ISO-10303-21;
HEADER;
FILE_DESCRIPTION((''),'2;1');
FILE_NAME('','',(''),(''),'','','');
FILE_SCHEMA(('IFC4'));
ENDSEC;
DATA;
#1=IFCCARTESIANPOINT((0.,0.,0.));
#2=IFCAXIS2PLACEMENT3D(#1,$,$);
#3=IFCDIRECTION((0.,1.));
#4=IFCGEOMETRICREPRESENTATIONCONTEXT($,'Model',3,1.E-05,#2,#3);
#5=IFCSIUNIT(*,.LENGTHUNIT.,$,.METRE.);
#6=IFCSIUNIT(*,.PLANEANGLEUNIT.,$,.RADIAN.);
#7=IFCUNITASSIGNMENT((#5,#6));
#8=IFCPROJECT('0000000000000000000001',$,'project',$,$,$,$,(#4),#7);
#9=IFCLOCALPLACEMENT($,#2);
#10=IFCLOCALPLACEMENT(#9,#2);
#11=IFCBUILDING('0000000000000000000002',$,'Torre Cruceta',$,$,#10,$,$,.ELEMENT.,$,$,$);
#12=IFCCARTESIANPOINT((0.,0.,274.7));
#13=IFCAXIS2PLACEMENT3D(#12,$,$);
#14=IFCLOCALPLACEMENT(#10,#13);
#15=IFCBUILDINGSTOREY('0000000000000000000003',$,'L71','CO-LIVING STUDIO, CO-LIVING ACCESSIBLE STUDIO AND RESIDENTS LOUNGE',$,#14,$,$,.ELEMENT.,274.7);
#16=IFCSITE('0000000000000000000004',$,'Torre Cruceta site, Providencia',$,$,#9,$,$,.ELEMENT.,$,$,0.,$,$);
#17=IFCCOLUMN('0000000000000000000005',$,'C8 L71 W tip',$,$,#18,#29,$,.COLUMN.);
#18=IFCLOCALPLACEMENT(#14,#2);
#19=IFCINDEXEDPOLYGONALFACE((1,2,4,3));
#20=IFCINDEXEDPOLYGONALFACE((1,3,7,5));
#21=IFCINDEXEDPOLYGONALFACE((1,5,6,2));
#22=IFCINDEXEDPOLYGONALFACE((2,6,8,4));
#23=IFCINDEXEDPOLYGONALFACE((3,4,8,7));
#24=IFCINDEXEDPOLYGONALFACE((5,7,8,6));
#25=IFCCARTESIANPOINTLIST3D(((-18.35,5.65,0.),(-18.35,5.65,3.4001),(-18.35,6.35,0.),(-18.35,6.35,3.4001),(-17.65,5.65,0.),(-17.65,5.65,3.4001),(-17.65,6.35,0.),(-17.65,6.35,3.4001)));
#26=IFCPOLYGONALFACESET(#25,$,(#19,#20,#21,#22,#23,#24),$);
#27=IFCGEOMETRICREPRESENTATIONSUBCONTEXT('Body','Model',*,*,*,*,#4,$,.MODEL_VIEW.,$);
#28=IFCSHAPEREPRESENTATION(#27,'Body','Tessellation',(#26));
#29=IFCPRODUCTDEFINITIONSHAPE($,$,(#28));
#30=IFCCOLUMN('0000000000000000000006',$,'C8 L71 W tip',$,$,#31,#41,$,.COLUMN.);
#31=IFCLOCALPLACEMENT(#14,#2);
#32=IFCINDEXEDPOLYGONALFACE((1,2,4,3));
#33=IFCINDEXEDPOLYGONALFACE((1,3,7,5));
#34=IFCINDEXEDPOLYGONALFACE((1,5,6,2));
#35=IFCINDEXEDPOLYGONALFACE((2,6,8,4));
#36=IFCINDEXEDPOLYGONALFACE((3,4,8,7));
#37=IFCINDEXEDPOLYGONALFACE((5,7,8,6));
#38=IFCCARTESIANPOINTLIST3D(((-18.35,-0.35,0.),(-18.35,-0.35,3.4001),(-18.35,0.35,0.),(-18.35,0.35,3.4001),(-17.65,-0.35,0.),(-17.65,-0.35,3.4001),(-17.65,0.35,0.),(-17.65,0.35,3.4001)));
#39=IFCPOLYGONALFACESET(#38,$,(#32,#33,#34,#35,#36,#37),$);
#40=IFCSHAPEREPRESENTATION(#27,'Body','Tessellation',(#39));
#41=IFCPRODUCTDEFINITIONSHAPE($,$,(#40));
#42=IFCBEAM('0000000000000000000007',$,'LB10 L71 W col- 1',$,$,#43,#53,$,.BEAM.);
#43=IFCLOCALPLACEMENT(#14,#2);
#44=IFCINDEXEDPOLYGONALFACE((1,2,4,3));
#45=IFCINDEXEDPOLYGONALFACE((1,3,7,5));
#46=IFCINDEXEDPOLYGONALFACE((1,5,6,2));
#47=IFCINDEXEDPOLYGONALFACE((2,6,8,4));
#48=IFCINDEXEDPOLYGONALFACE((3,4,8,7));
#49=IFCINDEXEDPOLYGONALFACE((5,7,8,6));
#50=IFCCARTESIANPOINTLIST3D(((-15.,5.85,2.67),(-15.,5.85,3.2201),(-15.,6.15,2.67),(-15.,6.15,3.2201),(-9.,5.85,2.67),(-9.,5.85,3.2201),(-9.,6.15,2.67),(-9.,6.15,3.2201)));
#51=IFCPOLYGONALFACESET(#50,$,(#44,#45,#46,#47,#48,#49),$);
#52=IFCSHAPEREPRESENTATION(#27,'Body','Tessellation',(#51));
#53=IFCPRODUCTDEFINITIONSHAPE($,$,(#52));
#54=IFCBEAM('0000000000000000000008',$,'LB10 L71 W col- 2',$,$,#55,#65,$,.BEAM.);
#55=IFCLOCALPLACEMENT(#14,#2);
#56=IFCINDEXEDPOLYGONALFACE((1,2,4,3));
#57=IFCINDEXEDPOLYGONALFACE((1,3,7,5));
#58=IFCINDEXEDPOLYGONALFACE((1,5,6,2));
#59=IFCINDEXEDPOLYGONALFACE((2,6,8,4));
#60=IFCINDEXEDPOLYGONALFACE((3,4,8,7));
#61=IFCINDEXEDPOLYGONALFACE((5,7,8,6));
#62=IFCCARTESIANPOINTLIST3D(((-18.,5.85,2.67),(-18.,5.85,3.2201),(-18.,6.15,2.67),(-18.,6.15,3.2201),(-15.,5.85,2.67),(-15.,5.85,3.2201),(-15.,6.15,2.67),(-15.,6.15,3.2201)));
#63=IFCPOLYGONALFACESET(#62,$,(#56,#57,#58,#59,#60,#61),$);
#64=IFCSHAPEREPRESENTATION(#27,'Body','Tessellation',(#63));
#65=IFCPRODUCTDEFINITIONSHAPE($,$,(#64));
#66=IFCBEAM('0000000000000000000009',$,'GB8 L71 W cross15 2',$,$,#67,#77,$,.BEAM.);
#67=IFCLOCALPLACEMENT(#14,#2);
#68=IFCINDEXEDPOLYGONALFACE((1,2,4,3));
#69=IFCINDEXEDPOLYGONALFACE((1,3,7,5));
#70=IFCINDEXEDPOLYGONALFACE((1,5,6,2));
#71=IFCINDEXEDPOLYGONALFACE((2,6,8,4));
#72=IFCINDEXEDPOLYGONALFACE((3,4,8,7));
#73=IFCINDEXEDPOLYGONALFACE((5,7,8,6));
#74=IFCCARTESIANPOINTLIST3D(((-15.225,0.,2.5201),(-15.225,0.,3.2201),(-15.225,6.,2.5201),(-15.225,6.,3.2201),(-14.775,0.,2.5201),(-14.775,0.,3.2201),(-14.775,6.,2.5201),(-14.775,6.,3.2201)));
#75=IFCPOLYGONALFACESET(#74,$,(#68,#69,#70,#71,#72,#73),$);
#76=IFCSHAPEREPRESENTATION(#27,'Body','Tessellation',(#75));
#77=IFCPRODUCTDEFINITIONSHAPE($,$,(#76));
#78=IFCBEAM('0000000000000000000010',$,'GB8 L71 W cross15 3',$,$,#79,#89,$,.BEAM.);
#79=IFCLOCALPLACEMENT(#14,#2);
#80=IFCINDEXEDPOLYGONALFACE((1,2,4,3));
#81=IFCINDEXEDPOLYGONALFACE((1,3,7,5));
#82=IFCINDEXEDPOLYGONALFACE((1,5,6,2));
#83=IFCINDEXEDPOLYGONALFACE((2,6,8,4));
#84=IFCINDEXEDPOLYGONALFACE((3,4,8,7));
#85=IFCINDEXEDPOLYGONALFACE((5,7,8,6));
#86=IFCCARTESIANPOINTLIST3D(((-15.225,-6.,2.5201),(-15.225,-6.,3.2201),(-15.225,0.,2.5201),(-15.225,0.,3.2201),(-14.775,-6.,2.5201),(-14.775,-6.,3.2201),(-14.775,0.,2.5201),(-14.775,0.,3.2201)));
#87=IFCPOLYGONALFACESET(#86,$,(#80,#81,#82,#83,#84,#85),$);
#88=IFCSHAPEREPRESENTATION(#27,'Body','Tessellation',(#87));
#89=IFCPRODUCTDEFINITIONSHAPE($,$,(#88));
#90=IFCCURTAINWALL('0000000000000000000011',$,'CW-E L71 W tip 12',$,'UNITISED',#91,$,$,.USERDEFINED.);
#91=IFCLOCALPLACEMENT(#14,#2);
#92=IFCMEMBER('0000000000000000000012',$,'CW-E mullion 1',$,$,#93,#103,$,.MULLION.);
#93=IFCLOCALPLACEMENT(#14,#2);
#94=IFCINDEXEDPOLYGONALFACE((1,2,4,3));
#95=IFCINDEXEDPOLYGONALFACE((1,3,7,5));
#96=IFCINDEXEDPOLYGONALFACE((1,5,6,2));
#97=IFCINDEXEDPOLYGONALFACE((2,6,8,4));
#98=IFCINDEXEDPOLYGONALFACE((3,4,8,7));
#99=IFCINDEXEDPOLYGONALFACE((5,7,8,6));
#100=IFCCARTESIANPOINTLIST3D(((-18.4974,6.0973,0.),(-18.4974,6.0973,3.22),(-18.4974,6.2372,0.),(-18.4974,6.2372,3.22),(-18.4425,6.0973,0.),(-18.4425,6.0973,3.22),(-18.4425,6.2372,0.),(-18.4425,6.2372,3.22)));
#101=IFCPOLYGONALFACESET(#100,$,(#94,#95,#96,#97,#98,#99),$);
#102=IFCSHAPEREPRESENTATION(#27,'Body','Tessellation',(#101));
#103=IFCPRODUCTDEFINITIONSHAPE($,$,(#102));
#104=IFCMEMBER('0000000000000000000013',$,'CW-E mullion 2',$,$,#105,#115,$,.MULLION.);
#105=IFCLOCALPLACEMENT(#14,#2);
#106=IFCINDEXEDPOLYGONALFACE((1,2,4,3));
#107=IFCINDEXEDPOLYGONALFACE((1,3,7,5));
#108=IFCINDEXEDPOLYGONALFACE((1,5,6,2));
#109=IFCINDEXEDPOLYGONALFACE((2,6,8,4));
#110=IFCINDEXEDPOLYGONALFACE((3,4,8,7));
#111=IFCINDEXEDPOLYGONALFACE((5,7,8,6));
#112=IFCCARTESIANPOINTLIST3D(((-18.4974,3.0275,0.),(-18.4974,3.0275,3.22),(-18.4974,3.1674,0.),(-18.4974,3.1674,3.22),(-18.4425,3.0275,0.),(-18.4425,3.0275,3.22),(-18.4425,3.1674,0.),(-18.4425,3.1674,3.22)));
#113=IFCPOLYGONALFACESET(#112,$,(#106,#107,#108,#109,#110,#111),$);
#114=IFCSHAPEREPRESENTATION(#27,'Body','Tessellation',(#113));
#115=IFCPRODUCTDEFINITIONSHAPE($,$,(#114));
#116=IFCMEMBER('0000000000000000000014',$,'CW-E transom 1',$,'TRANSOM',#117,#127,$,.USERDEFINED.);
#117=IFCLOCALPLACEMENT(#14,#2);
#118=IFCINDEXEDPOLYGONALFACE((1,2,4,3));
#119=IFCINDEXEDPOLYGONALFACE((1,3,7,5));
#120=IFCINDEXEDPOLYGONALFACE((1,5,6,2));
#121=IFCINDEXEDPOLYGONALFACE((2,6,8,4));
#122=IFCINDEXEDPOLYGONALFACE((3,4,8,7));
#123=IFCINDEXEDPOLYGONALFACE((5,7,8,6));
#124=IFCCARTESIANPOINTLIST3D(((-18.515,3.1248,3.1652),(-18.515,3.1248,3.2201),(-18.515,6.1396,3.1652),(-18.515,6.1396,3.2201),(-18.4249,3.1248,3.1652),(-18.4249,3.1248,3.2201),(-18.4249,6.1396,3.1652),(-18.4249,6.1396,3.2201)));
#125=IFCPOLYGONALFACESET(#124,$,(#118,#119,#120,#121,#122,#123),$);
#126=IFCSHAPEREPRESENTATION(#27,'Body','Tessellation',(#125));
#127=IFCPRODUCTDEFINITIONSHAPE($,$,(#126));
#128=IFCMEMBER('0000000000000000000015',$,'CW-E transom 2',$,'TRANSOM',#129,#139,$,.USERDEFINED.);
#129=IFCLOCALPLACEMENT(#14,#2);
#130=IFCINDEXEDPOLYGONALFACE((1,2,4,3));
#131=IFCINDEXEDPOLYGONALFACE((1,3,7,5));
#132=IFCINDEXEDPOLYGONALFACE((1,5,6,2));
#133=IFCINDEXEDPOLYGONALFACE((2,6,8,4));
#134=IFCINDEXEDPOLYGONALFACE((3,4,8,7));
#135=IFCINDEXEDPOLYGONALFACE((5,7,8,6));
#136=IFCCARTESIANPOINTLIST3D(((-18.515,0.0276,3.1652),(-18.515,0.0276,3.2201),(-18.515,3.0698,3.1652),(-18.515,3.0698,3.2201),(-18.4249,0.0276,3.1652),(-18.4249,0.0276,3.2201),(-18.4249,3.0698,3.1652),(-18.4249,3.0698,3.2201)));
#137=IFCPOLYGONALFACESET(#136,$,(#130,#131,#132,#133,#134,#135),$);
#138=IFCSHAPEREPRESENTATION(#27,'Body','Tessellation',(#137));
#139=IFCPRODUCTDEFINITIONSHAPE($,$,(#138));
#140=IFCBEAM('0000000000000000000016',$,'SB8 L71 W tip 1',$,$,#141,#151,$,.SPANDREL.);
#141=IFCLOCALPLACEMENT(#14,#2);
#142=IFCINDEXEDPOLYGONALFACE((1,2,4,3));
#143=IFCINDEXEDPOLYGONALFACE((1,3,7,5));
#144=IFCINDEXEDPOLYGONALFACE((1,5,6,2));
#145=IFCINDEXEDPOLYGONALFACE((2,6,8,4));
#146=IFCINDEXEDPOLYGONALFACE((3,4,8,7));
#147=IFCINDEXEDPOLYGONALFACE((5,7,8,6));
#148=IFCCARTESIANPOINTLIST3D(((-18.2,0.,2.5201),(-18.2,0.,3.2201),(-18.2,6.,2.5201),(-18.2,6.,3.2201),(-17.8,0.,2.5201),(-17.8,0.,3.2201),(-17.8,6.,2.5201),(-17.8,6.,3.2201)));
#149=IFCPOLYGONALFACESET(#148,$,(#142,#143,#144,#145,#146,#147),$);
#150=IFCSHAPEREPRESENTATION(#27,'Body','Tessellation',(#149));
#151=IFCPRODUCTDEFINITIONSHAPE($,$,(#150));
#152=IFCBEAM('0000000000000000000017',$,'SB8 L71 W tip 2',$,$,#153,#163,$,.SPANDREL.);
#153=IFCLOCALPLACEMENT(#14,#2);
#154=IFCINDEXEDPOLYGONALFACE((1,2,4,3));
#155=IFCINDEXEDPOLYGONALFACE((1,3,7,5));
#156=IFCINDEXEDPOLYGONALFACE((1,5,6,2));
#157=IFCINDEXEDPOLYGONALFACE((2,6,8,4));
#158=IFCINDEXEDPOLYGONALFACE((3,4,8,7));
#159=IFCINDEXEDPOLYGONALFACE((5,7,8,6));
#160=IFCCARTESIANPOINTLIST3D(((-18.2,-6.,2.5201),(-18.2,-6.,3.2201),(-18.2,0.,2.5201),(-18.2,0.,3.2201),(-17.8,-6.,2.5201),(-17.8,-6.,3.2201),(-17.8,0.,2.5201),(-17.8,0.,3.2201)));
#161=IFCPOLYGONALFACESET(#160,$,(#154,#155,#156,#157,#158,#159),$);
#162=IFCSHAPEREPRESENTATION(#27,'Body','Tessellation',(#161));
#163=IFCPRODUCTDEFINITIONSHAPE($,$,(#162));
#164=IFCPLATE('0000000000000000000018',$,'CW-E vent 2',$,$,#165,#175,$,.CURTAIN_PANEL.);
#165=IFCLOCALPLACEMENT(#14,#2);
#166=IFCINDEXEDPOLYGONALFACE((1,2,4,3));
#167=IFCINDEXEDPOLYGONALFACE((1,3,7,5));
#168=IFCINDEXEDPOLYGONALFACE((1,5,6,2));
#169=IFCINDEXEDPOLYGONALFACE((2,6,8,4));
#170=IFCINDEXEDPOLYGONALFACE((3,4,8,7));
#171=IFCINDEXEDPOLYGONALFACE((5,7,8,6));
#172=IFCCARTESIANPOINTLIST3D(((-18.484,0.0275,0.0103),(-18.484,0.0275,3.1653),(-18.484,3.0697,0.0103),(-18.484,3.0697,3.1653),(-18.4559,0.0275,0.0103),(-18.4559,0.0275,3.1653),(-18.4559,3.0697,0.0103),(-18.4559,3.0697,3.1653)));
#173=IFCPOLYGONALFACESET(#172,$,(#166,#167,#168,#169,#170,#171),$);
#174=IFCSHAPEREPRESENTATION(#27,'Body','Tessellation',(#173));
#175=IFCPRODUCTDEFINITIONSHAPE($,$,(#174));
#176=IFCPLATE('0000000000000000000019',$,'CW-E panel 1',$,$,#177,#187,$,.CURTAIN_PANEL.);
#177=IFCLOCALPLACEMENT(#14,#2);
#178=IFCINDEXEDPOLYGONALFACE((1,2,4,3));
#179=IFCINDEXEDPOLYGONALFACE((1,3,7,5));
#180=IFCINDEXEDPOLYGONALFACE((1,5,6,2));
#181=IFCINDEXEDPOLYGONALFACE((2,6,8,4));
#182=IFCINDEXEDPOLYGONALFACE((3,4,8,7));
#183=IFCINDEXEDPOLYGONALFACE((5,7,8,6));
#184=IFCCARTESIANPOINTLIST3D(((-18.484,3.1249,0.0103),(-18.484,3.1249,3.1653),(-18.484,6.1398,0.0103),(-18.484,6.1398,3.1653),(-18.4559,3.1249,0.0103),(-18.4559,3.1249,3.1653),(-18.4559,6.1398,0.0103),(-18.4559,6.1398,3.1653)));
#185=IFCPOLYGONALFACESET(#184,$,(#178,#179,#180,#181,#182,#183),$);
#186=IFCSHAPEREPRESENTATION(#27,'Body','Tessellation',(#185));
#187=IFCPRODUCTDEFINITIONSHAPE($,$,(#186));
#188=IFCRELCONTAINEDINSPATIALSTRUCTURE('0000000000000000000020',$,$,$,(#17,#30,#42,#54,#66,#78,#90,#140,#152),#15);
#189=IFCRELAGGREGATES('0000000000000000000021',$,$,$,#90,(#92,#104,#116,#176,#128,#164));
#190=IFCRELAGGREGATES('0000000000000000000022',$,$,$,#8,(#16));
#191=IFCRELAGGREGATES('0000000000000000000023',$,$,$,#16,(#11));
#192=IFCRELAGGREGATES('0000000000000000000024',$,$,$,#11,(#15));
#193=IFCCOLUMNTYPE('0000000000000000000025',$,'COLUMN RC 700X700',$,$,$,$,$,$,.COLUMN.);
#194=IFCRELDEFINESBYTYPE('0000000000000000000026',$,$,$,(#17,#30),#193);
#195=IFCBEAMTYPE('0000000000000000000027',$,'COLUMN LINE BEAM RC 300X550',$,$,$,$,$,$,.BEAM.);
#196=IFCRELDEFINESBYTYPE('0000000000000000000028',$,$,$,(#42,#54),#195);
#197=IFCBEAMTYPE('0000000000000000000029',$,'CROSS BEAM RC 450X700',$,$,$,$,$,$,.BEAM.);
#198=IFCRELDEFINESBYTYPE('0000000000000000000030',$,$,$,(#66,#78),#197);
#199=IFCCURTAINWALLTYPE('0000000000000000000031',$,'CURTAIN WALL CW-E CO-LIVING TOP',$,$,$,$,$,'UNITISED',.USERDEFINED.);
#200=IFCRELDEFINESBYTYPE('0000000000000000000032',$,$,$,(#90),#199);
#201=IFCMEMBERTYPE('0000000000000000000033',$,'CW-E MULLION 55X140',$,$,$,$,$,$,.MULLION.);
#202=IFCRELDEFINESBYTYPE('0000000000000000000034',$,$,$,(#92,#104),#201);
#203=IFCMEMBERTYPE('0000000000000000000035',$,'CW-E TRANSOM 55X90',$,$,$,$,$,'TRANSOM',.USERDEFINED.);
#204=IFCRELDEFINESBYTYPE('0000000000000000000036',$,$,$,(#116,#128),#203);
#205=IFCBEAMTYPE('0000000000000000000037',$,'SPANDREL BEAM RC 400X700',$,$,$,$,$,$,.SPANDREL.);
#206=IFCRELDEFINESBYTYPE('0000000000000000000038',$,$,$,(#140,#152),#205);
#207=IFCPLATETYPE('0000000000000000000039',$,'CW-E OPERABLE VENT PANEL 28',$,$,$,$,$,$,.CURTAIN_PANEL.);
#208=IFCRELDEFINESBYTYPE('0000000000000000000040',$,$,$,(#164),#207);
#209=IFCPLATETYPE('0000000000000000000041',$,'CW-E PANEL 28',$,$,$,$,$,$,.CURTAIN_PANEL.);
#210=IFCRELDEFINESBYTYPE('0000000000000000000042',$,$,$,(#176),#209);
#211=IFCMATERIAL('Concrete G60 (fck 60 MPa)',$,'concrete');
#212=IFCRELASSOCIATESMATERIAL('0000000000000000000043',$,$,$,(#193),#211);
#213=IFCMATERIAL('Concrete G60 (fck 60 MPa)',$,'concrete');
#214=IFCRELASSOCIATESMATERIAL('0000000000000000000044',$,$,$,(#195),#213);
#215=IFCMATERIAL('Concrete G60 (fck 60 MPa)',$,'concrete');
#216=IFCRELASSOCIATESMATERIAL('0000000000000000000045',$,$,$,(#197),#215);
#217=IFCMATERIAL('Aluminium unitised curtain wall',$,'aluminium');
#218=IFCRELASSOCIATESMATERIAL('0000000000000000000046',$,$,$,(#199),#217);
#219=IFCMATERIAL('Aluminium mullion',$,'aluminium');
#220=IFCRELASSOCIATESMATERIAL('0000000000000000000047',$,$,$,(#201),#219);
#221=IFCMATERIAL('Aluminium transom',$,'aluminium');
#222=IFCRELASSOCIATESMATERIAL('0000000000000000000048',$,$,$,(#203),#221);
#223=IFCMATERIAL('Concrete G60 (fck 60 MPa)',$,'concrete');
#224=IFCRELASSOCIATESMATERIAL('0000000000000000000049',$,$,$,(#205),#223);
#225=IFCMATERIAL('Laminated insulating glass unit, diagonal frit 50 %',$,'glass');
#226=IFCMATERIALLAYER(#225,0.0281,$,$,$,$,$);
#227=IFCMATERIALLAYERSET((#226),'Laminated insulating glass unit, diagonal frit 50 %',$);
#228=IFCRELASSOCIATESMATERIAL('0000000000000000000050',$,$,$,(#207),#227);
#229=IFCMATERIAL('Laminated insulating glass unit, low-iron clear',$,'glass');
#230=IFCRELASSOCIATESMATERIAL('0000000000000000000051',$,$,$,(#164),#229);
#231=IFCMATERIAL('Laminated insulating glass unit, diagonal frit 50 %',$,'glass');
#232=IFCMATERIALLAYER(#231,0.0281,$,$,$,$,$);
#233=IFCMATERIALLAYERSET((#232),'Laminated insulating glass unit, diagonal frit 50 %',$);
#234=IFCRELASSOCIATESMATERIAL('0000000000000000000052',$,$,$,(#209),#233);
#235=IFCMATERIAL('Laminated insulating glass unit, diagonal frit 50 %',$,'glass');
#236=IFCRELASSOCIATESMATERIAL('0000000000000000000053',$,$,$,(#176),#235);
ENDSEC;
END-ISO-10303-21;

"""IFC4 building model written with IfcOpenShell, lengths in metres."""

from ifc_helpers import new_model, si_unit, direction, frame, origin, origin_2d, place, context, subcontext, project, spatial, rectangle, extrude, material, layer, layer_set, material_profile, profile_set, type_object, element, aggregate, save


model = new_model("IFC4")

# Units and contexts
model_context = context("Model", 3, precision=1e-05, world=origin(), true_north=direction((0.0, 1.0)))
body_context = subcontext(model_context, "Body", "Model", "MODEL_VIEW")
ifc_project = project(units=[si_unit("LENGTHUNIT", "METRE"), si_unit("PLANEANGLEUNIT", "RADIAN")], contexts=[model_context])

# Site, building, storey
site_placement = place(None, origin())
site = spatial("IfcSite", under=ifc_project, at=site_placement, Name="Torre Cruceta site, Providencia", CompositionType="ELEMENT", RefElevation=0.0)
building_placement = place(site_placement, origin())
building = spatial("IfcBuilding", under=site, at=building_placement, Name="Torre Cruceta", CompositionType="ELEMENT")
storey_placement = place(building_placement, frame((0.0, 0.0, 274.7)))
storey = spatial("IfcBuildingStorey", under=building, at=storey_placement, Name="L71", Description="CO-LIVING STUDIO, CO-LIVING ACCESSIBLE STUDIO AND RESIDENTS LOUNGE", CompositionType="ELEMENT", Elevation=274.7)

# Columns
ifc_material_1 = material(Name="Concrete G60 (fck 60 MPa)", Category="concrete")
ifc_material_profile_1 = material_profile(ifc_material_1, rectangle(XDim=0.7, YDim=0.7, at=origin_2d()), Name="RC 700X700")
ifc_profile_set_1 = profile_set([ifc_material_profile_1], Name="Concrete G60 (fck 60 MPa)")
column_type = type_object("IfcColumnType", Name="COLUMN RC 700X700", PredefinedType="COLUMN", material=ifc_profile_set_1)
for number, where, z_axis, x_axis, name in (
    (1, (-18.0, 6.0, 0.0), (0.0, 0.0, 1.0), (1.0, 0.0, 0.0), "C8 L71 W tip"),
    (2, (-18.0, 0.0, 0.0), (0.0, 0.0, 1.0), (1.0, 0.0, 0.0), "C8 L71 W tip"),
):
    element("IfcColumn", number, at=place(storey_placement, frame(where, z_axis=z_axis, x_axis=x_axis)), inside=storey, type_object=column_type, Name=name, PredefinedType="COLUMN", context=body_context, shape_type="SweptSolid", body=[
        extrude(rectangle(XDim=0.7, YDim=0.7, at=origin_2d()), origin(), (0.0, 0.0, 1.0), 3.4001),
    ])

# Beams
ifc_material_2 = material(Name="Concrete G60 (fck 60 MPa)", Category="concrete")
ifc_material_profile_2 = material_profile(ifc_material_2, rectangle(XDim=0.3, YDim=0.55, at=origin_2d()), Name="RC 300X550")
ifc_profile_set_2 = profile_set([ifc_material_profile_2], Name="Concrete G60 (fck 60 MPa)")
beam_type_1 = type_object("IfcBeamType", Name="COLUMN LINE BEAM RC 300X550", PredefinedType="BEAM", material=ifc_profile_set_2)
beam_1_placement = place(storey_placement, frame((-9.0, 6.0, 2.9451), z_axis=(-1.0, 0.0, 0.0), x_axis=(0.0, -1.0, 0.0)))
element("IfcBeam", 3, at=beam_1_placement, inside=storey, type_object=beam_type_1, Name="LB10 L71 W col- 1", PredefinedType="BEAM", context=body_context, shape_type="SweptSolid", body=[
    extrude(rectangle(XDim=0.3, YDim=0.55, at=origin_2d()), origin(), (0.0, 0.0, 1.0), 6.0),
])
beam_2_placement = place(storey_placement, frame((-15.0, 6.0, 2.9451), z_axis=(-1.0, 0.0, 0.0), x_axis=(0.0, -1.0, 0.0)))
element("IfcBeam", 4, at=beam_2_placement, inside=storey, type_object=beam_type_1, Name="LB10 L71 W col- 2", PredefinedType="BEAM", context=body_context, shape_type="SweptSolid", body=[
    extrude(rectangle(XDim=0.3, YDim=0.55, at=origin_2d()), origin(), (0.0, 0.0, 1.0), 3.0),
])
ifc_material_3 = material(Name="Concrete G60 (fck 60 MPa)", Category="concrete")
ifc_material_profile_3 = material_profile(ifc_material_3, rectangle(XDim=0.45, YDim=0.7, at=origin_2d()), Name="RC 450X700")
ifc_profile_set_3 = profile_set([ifc_material_profile_3], Name="Concrete G60 (fck 60 MPa)")
beam_type_2 = type_object("IfcBeamType", Name="CROSS BEAM RC 450X700", PredefinedType="BEAM", material=ifc_profile_set_3)
for number, where, z_axis, x_axis, name in (
    (5, (-15.0, 6.0, 2.8701), (0.0, -1.0, 0.0), (1.0, 0.0, 0.0), "GB8 L71 W cross15 2"),
    (6, (-15.0, 0.0, 2.8701), (0.0, -1.0, 0.0), (1.0, 0.0, 0.0), "GB8 L71 W cross15 3"),
):
    element("IfcBeam", number, at=place(storey_placement, frame(where, z_axis=z_axis, x_axis=x_axis)), inside=storey, type_object=beam_type_2, Name=name, PredefinedType="BEAM", context=body_context, shape_type="SweptSolid", body=[
        extrude(rectangle(XDim=0.45, YDim=0.7, at=origin_2d()), origin(), (0.0, 0.0, 1.0), 6.0),
    ])

# Curtain wall, members
ifc_material_4 = material(Name="Aluminium unitised curtain wall", Category="aluminium")
curtain_wall_type = type_object("IfcCurtainWallType", Name="CURTAIN WALL CW-E CO-LIVING TOP", ElementType="UNITISED", PredefinedType="USERDEFINED", material=ifc_material_4)
curtain_wall_placement = place(storey_placement, origin())
curtain_wall = element("IfcCurtainWall", 7, at=curtain_wall_placement, inside=storey, type_object=curtain_wall_type, Name="CW-E L71 W tip 12", ObjectType="UNITISED", PredefinedType="USERDEFINED")
ifc_material_5 = material(Name="Aluminium mullion", Category="aluminium")
ifc_material_profile_4 = material_profile(ifc_material_5, rectangle(XDim=0.0549, YDim=0.1399, at=origin_2d()), Name="AL 55X140")
ifc_profile_set_4 = profile_set([ifc_material_profile_4], Name="Aluminium mullion")
member_type_1 = type_object("IfcMemberType", Name="CW-E MULLION 55X140", PredefinedType="MULLION", material=ifc_profile_set_4)
member_1_placement = place(storey_placement, frame((-18.47, 6.1672, 0.0), z_axis=(0.0, 0.0, 1.0), x_axis=(1.0, 0.0, 0.0)))
member_1 = element("IfcMember", 8, at=member_1_placement, type_object=member_type_1, Name="CW-E mullion 1", PredefinedType="MULLION", context=body_context, shape_type="SweptSolid", body=[
    extrude(rectangle(XDim=0.0549, YDim=0.1399, at=origin_2d()), origin(), (0.0, 0.0, 1.0), 3.22),
])
member_2_placement = place(storey_placement, frame((-18.47, 3.0974, 0.0), z_axis=(0.0, 0.0, 1.0), x_axis=(1.0, 0.0, 0.0)))
member_2 = element("IfcMember", 9, at=member_2_placement, type_object=member_type_1, Name="CW-E mullion 2", PredefinedType="MULLION", context=body_context, shape_type="SweptSolid", body=[
    extrude(rectangle(XDim=0.0549, YDim=0.1399, at=origin_2d()), origin(), (0.0, 0.0, 1.0), 3.22),
])
ifc_material_6 = material(Name="Aluminium transom", Category="aluminium")
ifc_material_profile_5 = material_profile(ifc_material_6, rectangle(XDim=0.0901, YDim=0.0549, at=origin_2d()), Name="AL 90X55")
ifc_profile_set_5 = profile_set([ifc_material_profile_5], Name="Aluminium transom")
member_type_2 = type_object("IfcMemberType", Name="CW-E TRANSOM 55X90", ElementType="TRANSOM", PredefinedType="USERDEFINED", material=ifc_profile_set_5)
member_3_placement = place(storey_placement, frame((-18.47, 6.1396, 3.1926), z_axis=(0.0, -1.0, 0.0), x_axis=(1.0, 0.0, 0.0)))
member_3 = element("IfcMember", 10, at=member_3_placement, type_object=member_type_2, Name="CW-E transom 1", ObjectType="TRANSOM", PredefinedType="USERDEFINED", context=body_context, shape_type="SweptSolid", body=[
    extrude(rectangle(XDim=0.0901, YDim=0.0549, at=origin_2d()), origin(), (0.0, 0.0, 1.0), 3.0149),
])
member_4_placement = place(storey_placement, frame((-18.47, 3.0698, 3.1926), z_axis=(0.0, -1.0, 0.0), x_axis=(1.0, 0.0, 0.0)))
member_4 = element("IfcMember", 11, at=member_4_placement, type_object=member_type_2, Name="CW-E transom 2", ObjectType="TRANSOM", PredefinedType="USERDEFINED", context=body_context, shape_type="SweptSolid", body=[
    extrude(rectangle(XDim=0.0901, YDim=0.0549, at=origin_2d()), origin(), (0.0, 0.0, 1.0), 3.0422),
])

# Beams
ifc_material_7 = material(Name="Concrete G60 (fck 60 MPa)", Category="concrete")
ifc_material_profile_6 = material_profile(ifc_material_7, rectangle(XDim=0.3999, YDim=0.7, at=origin_2d()), Name="RC 400X700")
ifc_profile_set_6 = profile_set([ifc_material_profile_6], Name="Concrete G60 (fck 60 MPa)")
beam_type_3 = type_object("IfcBeamType", Name="SPANDREL BEAM RC 400X700", PredefinedType="SPANDREL", material=ifc_profile_set_6)
for number, where, z_axis, x_axis, name in (
    (12, (-18.0, 6.0, 2.8701), (0.0, -1.0, 0.0), (1.0, 0.0, 0.0), "SB8 L71 W tip 1"),
    (13, (-18.0, 0.0, 2.8701), (0.0, -1.0, 0.0), (1.0, 0.0, 0.0), "SB8 L71 W tip 2"),
):
    element("IfcBeam", number, at=place(storey_placement, frame(where, z_axis=z_axis, x_axis=x_axis)), inside=storey, type_object=beam_type_3, Name=name, PredefinedType="SPANDREL", context=body_context, shape_type="SweptSolid", body=[
        extrude(rectangle(XDim=0.3999, YDim=0.7, at=origin_2d()), origin(), (0.0, 0.0, 1.0), 6.0),
    ])

# Plates
ifc_material_8 = material(Name="Laminated insulating glass unit, low-iron clear", Category="glass")
ifc_material_9 = material(Name="Laminated insulating glass unit, diagonal frit 50 %", Category="glass")
ifc_layer_1 = layer(ifc_material_9, 0.0281)
ifc_layer_set_1 = layer_set([ifc_layer_1], Name="Laminated insulating glass unit, diagonal frit 50 %")
plate_type_1 = type_object("IfcPlateType", Name="CW-E OPERABLE VENT PANEL 28", PredefinedType="CURTAIN_PANEL", material=ifc_layer_set_1)
plate_1_placement = place(storey_placement, frame((-18.47, 1.5486, 0.0103), z_axis=(0.0, 0.0, 1.0), x_axis=(0.0, -1.0, 0.0)))
plate_1 = element("IfcPlate", 14, at=plate_1_placement, type_object=plate_type_1, material=ifc_material_8, Name="CW-E vent 2", PredefinedType="CURTAIN_PANEL", context=body_context, shape_type="SweptSolid", body=[
    extrude(rectangle(XDim=3.0422, YDim=0.0281, at=origin_2d()), origin(), (0.0, 0.0, 1.0), 3.155),
])
ifc_material_10 = material(Name="Laminated insulating glass unit, diagonal frit 50 %", Category="glass")
ifc_material_11 = material(Name="Laminated insulating glass unit, diagonal frit 50 %", Category="glass")
ifc_layer_2 = layer(ifc_material_11, 0.0281)
ifc_layer_set_2 = layer_set([ifc_layer_2], Name="Laminated insulating glass unit, diagonal frit 50 %")
plate_type_2 = type_object("IfcPlateType", Name="CW-E PANEL 28", PredefinedType="CURTAIN_PANEL", material=ifc_layer_set_2)
plate_2_placement = place(storey_placement, frame((-18.47, 4.6323, 0.0103), z_axis=(0.0, 0.0, 1.0), x_axis=(0.0, -1.0, 0.0)))
plate_2 = element("IfcPlate", 15, at=plate_2_placement, type_object=plate_type_2, material=ifc_material_10, Name="CW-E panel 1", PredefinedType="CURTAIN_PANEL", context=body_context, shape_type="SweptSolid", body=[
    extrude(rectangle(XDim=3.0149, YDim=0.0281, at=origin_2d()), origin(), (0.0, 0.0, 1.0), 3.155),
])
aggregate(curtain_wall, [member_1, member_2, member_3, plate_2, member_4, plate_1])

save(model, "model.ifc")
